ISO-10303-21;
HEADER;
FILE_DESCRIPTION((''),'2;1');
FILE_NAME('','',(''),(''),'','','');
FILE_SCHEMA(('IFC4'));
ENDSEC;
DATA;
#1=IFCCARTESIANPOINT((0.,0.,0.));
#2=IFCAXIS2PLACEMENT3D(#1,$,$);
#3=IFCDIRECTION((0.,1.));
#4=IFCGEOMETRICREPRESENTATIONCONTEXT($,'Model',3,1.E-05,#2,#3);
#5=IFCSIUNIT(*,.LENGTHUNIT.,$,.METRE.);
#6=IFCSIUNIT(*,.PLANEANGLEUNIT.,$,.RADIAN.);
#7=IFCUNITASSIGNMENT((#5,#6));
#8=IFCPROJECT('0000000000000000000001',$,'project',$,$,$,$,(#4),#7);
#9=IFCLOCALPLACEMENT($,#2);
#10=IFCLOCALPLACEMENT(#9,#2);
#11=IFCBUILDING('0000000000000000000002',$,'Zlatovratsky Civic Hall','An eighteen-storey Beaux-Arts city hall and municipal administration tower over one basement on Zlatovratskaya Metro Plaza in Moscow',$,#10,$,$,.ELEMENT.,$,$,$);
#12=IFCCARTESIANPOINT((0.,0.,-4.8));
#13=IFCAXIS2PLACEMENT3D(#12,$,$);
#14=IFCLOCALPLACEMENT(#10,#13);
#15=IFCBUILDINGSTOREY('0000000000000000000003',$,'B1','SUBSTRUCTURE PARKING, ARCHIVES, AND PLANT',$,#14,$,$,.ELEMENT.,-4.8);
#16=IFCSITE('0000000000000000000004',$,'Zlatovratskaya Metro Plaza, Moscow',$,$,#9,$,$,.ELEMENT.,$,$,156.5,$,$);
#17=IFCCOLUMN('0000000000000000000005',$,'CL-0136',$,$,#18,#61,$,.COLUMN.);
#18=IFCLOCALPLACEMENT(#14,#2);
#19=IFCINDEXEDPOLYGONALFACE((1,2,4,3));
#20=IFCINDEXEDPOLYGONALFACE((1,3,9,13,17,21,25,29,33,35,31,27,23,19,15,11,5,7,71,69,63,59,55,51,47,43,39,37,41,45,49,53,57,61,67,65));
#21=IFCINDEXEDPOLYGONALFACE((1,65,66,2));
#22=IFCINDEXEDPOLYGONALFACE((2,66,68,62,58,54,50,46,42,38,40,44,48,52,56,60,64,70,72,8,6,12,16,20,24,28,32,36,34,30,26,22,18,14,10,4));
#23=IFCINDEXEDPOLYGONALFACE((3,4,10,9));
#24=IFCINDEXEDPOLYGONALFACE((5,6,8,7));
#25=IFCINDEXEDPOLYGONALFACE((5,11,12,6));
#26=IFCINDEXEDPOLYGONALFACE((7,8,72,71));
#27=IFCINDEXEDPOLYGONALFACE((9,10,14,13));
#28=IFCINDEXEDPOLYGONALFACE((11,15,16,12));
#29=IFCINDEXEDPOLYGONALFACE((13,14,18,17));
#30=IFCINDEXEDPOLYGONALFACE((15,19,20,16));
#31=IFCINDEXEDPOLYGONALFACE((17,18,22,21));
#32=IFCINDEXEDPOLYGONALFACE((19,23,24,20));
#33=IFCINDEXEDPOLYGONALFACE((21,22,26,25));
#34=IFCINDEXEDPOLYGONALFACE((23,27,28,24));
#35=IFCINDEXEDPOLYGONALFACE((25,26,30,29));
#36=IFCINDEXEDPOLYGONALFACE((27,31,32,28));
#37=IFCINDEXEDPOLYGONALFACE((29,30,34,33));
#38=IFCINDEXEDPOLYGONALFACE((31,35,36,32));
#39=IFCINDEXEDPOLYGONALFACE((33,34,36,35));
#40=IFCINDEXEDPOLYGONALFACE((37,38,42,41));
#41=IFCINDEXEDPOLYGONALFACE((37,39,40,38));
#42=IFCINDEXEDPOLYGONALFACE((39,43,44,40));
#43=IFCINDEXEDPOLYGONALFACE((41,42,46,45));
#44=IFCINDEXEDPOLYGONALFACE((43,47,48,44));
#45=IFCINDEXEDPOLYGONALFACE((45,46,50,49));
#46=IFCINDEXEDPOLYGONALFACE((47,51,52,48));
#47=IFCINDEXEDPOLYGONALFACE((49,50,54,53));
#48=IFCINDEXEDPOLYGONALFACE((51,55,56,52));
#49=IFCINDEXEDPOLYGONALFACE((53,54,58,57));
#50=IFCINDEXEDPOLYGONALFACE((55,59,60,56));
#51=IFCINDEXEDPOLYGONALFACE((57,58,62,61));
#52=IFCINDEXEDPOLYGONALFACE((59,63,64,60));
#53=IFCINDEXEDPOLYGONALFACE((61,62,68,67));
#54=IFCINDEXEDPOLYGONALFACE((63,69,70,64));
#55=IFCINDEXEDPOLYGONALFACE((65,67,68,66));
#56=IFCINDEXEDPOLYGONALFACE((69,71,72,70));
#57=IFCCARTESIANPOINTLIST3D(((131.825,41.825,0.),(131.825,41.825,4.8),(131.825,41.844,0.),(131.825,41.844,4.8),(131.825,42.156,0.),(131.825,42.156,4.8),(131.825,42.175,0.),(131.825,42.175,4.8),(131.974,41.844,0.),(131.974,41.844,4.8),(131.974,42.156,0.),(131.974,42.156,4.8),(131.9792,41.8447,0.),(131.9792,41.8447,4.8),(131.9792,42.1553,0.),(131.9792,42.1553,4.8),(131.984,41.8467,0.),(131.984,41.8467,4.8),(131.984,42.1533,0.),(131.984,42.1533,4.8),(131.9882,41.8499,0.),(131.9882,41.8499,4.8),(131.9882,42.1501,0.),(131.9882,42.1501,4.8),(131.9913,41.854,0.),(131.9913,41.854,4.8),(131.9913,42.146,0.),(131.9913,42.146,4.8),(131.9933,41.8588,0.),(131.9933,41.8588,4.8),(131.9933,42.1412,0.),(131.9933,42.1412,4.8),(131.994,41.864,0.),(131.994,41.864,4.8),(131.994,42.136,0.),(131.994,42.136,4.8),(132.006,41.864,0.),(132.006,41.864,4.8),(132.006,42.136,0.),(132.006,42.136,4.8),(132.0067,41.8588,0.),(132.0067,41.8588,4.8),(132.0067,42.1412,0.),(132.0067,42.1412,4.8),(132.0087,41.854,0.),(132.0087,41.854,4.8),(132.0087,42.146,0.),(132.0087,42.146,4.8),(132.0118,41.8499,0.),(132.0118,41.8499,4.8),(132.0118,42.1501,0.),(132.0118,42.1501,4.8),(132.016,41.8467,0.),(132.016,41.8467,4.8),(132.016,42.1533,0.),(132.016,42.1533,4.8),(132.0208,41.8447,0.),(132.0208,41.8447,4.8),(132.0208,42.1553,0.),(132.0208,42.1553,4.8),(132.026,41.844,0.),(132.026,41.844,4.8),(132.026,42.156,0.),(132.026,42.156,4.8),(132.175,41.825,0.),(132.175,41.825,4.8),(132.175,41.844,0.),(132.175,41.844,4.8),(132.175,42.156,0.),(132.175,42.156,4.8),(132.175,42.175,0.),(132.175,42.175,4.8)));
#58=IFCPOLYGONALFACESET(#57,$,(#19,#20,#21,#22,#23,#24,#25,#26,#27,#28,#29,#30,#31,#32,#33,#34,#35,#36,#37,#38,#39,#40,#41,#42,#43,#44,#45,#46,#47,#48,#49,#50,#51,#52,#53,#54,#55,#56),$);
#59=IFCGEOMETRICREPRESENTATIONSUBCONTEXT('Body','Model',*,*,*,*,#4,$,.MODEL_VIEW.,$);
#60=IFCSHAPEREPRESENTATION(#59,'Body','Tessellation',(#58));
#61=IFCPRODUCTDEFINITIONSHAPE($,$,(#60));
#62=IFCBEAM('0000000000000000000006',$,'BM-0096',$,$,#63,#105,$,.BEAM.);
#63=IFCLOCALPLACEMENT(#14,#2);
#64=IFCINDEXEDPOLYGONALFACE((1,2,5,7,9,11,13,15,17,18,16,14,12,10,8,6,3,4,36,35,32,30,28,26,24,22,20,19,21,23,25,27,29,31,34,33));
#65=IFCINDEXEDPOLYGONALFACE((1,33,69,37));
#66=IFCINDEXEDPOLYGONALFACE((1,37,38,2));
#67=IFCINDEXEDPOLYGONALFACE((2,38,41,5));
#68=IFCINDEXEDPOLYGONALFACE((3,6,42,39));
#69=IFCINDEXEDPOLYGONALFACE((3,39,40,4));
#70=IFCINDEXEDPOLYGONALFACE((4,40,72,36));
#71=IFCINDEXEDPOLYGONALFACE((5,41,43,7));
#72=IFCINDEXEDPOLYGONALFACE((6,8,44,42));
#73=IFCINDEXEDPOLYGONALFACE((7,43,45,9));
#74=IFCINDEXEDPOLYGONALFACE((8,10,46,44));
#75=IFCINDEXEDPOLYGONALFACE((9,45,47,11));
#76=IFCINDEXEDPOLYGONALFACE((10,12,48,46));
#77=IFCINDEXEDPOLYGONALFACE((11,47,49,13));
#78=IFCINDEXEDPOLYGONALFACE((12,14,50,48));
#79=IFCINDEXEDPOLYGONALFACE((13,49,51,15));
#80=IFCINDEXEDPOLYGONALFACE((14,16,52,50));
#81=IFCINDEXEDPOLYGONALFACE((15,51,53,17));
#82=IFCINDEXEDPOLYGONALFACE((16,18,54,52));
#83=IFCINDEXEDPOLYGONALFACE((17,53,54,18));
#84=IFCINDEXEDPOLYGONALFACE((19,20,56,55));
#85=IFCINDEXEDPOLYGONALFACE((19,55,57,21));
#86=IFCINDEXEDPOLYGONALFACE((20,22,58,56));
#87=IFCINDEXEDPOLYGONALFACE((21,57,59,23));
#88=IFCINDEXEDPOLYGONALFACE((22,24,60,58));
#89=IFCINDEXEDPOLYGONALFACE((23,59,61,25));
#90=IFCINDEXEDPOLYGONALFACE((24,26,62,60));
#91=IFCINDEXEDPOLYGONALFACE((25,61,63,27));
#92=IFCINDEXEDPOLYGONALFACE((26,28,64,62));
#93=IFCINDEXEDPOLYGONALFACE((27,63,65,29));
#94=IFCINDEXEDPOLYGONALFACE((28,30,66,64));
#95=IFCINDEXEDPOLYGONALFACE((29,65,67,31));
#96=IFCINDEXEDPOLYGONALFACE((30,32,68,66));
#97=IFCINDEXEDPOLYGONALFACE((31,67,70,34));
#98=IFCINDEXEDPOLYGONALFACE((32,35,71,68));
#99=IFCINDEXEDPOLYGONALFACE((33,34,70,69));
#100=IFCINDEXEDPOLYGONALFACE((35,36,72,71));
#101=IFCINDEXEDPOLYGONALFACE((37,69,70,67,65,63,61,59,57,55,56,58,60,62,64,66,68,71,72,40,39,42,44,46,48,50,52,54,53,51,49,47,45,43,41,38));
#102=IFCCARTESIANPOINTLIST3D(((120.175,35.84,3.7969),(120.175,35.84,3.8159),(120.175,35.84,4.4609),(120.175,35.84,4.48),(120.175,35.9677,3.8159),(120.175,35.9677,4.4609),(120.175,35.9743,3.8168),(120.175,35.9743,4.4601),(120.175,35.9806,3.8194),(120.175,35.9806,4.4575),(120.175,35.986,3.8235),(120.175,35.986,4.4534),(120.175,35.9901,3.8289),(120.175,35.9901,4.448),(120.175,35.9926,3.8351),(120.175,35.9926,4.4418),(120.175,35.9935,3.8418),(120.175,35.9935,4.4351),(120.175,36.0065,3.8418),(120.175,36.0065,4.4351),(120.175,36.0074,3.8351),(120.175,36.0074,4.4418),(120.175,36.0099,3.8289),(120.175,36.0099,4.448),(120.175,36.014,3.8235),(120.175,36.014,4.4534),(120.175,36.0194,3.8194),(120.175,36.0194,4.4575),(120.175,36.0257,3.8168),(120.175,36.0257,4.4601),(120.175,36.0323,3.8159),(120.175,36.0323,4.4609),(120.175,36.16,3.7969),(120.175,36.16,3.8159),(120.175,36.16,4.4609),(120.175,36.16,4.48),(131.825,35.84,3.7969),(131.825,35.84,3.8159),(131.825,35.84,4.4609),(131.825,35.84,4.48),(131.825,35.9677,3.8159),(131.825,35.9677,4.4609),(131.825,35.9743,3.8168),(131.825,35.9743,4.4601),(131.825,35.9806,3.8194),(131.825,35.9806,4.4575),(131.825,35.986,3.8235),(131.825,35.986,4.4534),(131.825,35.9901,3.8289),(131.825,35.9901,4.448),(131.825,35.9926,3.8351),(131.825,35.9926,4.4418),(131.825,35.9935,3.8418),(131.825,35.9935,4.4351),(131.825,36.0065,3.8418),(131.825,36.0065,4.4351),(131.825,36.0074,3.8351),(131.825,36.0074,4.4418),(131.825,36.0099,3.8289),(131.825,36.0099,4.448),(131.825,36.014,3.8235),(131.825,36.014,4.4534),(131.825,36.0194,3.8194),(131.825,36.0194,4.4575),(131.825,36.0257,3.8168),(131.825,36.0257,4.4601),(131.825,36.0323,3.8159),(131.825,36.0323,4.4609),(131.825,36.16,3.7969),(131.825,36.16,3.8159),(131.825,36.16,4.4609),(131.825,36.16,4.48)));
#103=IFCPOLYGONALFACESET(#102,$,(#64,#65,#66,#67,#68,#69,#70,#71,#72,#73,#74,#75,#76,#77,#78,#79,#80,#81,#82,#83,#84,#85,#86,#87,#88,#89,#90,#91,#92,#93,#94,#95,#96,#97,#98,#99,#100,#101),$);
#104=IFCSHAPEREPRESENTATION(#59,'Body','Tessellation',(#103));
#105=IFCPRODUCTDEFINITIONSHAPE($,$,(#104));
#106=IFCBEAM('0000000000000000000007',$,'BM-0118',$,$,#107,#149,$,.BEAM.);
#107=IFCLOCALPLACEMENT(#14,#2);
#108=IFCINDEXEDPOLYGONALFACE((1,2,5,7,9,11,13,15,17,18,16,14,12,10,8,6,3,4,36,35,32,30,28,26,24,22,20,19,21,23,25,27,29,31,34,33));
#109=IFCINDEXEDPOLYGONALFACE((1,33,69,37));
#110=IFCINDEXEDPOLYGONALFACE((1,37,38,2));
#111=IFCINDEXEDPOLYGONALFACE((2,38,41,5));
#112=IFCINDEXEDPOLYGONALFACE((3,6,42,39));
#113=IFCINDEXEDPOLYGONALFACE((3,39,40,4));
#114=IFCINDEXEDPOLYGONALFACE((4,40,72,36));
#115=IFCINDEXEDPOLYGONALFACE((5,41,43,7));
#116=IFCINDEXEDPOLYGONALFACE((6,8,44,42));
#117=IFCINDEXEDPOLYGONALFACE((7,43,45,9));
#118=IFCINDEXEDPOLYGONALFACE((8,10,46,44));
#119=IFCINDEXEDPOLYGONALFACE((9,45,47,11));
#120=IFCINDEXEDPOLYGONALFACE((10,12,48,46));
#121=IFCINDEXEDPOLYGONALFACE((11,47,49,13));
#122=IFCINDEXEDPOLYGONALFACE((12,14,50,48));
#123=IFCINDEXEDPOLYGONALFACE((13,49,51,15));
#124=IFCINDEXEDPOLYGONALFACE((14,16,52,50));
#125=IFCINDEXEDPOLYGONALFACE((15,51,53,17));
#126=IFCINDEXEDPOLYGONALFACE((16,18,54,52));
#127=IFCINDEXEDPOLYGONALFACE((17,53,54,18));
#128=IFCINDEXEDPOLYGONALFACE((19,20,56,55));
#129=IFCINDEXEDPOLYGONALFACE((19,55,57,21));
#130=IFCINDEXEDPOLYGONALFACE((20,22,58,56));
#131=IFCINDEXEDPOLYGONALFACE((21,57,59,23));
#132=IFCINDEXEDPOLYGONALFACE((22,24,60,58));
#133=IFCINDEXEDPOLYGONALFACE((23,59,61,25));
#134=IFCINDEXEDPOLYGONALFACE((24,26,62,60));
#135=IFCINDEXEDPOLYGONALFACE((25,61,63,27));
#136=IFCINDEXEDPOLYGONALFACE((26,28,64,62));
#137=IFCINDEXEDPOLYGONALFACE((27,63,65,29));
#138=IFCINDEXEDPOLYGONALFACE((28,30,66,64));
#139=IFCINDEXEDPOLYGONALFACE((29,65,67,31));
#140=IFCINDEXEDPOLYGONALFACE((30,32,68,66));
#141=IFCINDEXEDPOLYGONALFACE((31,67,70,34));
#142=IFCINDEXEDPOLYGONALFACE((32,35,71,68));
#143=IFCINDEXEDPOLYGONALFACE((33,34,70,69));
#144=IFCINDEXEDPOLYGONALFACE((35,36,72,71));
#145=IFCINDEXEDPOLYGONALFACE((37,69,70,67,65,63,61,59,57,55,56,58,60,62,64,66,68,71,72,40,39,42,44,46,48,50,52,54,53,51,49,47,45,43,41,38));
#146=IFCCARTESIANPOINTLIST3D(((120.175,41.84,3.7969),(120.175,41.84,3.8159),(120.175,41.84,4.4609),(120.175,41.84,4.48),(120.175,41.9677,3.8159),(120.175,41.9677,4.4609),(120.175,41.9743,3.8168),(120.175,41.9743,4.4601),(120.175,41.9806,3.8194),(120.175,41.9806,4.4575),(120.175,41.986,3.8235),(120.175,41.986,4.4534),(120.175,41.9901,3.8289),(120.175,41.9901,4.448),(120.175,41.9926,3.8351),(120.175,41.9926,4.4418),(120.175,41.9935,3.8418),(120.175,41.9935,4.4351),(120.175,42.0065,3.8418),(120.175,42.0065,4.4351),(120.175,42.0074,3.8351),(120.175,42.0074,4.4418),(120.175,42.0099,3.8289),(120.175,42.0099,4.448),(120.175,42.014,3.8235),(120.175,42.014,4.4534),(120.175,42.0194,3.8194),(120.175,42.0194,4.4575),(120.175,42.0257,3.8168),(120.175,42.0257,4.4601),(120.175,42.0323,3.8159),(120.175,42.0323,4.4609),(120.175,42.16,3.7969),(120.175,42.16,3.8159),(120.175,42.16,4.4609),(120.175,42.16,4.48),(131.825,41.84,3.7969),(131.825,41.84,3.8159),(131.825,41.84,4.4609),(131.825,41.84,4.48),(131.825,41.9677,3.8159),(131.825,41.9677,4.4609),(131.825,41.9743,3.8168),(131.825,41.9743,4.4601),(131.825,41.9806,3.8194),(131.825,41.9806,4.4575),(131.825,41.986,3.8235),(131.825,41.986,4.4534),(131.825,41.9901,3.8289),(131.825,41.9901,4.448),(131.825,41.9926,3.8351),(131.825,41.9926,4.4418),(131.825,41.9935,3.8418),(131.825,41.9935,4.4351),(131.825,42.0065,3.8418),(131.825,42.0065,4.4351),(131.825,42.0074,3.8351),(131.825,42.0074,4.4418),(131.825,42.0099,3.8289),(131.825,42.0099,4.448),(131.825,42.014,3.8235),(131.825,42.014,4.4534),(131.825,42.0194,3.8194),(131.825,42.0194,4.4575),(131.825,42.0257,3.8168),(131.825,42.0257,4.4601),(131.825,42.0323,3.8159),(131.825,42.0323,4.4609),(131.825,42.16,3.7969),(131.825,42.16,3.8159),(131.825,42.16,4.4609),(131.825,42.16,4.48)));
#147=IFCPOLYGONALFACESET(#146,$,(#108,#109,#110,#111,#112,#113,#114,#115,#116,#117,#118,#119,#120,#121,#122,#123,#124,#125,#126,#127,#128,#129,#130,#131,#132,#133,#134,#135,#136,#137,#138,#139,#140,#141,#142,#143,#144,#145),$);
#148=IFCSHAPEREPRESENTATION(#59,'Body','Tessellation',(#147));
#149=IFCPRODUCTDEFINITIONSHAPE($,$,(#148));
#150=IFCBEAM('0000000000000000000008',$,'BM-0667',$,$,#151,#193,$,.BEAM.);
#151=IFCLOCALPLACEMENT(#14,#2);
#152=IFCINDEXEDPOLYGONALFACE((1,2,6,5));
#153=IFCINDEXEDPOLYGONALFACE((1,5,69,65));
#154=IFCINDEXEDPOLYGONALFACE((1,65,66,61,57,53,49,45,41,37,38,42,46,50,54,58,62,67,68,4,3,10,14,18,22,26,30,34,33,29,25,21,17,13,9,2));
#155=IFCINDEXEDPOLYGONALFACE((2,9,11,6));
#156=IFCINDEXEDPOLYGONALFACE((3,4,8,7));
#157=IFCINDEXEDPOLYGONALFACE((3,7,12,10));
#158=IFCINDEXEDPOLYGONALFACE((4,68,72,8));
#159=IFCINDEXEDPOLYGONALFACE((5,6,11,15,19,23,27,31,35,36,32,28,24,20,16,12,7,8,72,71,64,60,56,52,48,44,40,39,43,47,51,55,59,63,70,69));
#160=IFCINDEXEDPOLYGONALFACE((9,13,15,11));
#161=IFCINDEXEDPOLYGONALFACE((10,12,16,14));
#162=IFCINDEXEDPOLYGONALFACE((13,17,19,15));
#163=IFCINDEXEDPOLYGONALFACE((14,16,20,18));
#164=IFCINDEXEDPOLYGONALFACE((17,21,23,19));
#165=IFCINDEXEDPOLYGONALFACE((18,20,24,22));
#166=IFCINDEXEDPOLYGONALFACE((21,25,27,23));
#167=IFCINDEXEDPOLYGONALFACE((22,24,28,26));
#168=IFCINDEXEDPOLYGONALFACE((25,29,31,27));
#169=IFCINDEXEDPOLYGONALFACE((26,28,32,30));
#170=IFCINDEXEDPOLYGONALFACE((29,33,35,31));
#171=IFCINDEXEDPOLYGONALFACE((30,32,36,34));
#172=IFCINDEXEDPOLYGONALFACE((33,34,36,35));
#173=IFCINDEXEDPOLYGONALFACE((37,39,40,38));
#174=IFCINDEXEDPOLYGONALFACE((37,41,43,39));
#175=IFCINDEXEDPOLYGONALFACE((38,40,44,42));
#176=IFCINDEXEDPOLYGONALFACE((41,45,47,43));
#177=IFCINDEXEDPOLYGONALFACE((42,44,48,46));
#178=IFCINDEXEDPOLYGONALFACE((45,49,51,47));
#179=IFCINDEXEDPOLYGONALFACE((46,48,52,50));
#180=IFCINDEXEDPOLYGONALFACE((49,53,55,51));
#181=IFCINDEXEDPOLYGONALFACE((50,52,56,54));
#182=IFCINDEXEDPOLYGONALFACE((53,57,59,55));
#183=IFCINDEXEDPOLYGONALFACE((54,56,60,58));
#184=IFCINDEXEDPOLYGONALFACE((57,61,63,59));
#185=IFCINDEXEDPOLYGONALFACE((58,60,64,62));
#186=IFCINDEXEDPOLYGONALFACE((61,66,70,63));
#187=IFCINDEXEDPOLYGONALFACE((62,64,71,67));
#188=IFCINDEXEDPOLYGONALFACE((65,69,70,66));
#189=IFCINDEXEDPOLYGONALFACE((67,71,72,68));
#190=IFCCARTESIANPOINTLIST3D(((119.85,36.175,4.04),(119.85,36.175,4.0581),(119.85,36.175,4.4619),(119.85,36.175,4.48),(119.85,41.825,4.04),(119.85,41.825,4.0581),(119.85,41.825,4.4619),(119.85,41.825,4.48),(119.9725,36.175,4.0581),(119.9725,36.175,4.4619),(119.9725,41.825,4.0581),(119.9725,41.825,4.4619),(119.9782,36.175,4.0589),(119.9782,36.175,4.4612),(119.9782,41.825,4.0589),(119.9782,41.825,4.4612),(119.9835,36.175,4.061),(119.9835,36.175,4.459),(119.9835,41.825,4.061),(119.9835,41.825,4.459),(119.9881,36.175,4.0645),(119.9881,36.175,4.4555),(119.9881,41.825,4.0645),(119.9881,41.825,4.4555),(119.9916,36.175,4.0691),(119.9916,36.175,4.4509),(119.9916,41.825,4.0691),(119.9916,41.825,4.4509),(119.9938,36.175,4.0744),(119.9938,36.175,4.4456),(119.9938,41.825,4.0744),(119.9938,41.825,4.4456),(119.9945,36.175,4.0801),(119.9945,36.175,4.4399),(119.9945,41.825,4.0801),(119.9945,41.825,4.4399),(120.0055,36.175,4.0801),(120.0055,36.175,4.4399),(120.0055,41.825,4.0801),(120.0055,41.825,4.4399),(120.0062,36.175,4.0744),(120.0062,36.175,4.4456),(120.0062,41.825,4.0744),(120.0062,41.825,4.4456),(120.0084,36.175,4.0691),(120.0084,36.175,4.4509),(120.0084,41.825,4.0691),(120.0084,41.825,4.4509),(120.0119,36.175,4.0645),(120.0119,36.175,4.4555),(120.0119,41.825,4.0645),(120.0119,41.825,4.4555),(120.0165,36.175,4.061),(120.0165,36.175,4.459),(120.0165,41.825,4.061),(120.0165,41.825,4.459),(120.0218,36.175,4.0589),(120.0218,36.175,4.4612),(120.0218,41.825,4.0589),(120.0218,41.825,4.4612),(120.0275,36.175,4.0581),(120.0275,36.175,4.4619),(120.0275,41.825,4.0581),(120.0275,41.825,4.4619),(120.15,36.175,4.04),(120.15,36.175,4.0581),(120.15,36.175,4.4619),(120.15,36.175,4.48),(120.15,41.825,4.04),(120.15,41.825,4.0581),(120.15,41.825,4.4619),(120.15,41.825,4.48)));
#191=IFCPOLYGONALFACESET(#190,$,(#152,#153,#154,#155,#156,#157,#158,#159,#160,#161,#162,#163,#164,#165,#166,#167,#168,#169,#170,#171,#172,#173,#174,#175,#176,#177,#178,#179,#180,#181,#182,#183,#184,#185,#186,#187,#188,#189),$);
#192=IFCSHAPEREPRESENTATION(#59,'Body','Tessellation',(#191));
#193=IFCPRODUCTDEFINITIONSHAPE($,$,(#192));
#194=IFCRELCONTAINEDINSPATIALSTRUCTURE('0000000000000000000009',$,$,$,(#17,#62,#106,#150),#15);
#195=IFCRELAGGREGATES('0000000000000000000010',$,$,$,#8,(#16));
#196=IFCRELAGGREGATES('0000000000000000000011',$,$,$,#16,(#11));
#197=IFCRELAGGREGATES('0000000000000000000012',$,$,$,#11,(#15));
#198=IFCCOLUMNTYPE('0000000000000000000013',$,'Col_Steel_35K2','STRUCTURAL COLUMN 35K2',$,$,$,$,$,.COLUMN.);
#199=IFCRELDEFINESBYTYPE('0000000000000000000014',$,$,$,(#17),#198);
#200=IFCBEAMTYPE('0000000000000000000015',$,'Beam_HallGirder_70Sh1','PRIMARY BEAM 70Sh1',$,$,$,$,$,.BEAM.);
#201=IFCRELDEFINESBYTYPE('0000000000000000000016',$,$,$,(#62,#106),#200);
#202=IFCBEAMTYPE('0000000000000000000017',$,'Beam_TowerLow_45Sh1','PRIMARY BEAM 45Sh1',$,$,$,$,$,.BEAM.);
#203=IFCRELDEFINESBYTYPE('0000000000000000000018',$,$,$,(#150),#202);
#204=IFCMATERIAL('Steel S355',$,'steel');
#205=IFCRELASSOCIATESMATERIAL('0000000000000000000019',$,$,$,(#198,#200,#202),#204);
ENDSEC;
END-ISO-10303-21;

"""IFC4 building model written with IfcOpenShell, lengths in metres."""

from ifc_helpers import new_model, si_unit, direction, frame, origin, origin_2d, place, context, subcontext, project, spatial, i_section, extrude, material, material_profile, profile_set, type_object, element, save


model = new_model("IFC4")

# Units and contexts
model_context = context("Model", 3, precision=1e-05, world=origin(), true_north=direction((0.0, 1.0)))
body_context = subcontext(model_context, "Body", "Model", "MODEL_VIEW")
ifc_project = project(units=[si_unit("LENGTHUNIT", "METRE"), si_unit("PLANEANGLEUNIT", "RADIAN")], contexts=[model_context])

# Site, building, storey
site_placement = place(None, origin())
site = spatial("IfcSite", under=ifc_project, at=site_placement, Name="Zlatovratskaya Metro Plaza, Moscow", CompositionType="ELEMENT", RefElevation=156.5)
building_placement = place(site_placement, origin())
building = spatial("IfcBuilding", under=site, at=building_placement, Name="Zlatovratsky Civic Hall", Description="An eighteen-storey Beaux-Arts city hall and municipal administration tower over one basement on Zlatovratskaya Metro Plaza in Moscow", CompositionType="ELEMENT")
storey_placement = place(building_placement, frame((0.0, 0.0, -4.8)))
storey = spatial("IfcBuildingStorey", under=building, at=storey_placement, Name="B1", Description="SUBSTRUCTURE PARKING, ARCHIVES, AND PLANT", CompositionType="ELEMENT", Elevation=-4.8)

# Column
ifc_material_1 = material(Name="Steel S355", Category="steel")
ifc_material_profile_1 = material_profile(ifc_material_1, i_section(OverallWidth=0.3501, OverallDepth=0.3501, WebThickness=0.012, FlangeThickness=0.019, FilletRadius=0.02, at=origin_2d()), Name="35K2")
ifc_profile_set_1 = profile_set([ifc_material_profile_1], Name="Steel S355")
column_type = type_object("IfcColumnType", Name="Col_Steel_35K2", Description="STRUCTURAL COLUMN 35K2", PredefinedType="COLUMN", material=ifc_profile_set_1)
for number, where, z_axis, x_axis, name in (
    (1, (132.0, 42.0, 0.0), (0.0, 0.0, 1.0), (1.0, 0.0, 0.0), "CL-0136"),
):
    element("IfcColumn", number, at=place(storey_placement, frame(where, z_axis=z_axis, x_axis=x_axis)), inside=storey, type_object=column_type, Name=name, PredefinedType="COLUMN", context=body_context, shape_type="SweptSolid", body=[
        extrude(i_section(OverallWidth=0.3501, OverallDepth=0.3501, WebThickness=0.012, FlangeThickness=0.019, FilletRadius=0.02, at=origin_2d()), origin(), (0.0, 0.0, 1.0), 4.8),
    ])

# Beams
ifc_material_profile_2 = material_profile(ifc_material_1, i_section(OverallWidth=0.3201, OverallDepth=0.6831, WebThickness=0.0129, FlangeThickness=0.019, FilletRadius=0.0259, at=origin_2d()), Name="70Sh1")
ifc_profile_set_2 = profile_set([ifc_material_profile_2], Name="Steel S355")
beam_type_1 = type_object("IfcBeamType", Name="Beam_HallGirder_70Sh1", Description="PRIMARY BEAM 70Sh1", PredefinedType="BEAM", material=ifc_profile_set_2)
for number, where, z_axis, x_axis, name in (
    (2, (120.175, 36.0, 4.1384), (1.0, 0.0, 0.0), (0.0, 1.0, 0.0), "BM-0096"),
    (3, (120.175, 42.0, 4.1384), (1.0, 0.0, 0.0), (0.0, 1.0, 0.0), "BM-0118"),
):
    element("IfcBeam", number, at=place(storey_placement, frame(where, z_axis=z_axis, x_axis=x_axis)), inside=storey, type_object=beam_type_1, Name=name, PredefinedType="BEAM", context=body_context, shape_type="SweptSolid", body=[
        extrude(i_section(OverallWidth=0.3201, OverallDepth=0.6831, WebThickness=0.0129, FlangeThickness=0.019, FilletRadius=0.0259, at=origin_2d()), origin(), (0.0, 0.0, 1.0), 11.6499),
    ])
ifc_material_profile_3 = material_profile(ifc_material_1, i_section(OverallWidth=0.3, OverallDepth=0.4399, WebThickness=0.011, FlangeThickness=0.0181, FilletRadius=0.022, at=origin_2d()), Name="45Sh1")
ifc_profile_set_3 = profile_set([ifc_material_profile_3], Name="Steel S355")
beam_type_2 = type_object("IfcBeamType", Name="Beam_TowerLow_45Sh1", Description="PRIMARY BEAM 45Sh1", PredefinedType="BEAM", material=ifc_profile_set_3)
for number, where, z_axis, x_axis, name in (
    (4, (120.0, 36.175, 4.26), (0.0, 1.0, 0.0), (-1.0, 0.0, 0.0), "BM-0667"),
):
    element("IfcBeam", number, at=place(storey_placement, frame(where, z_axis=z_axis, x_axis=x_axis)), inside=storey, type_object=beam_type_2, Name=name, PredefinedType="BEAM", context=body_context, shape_type="SweptSolid", body=[
        extrude(i_section(OverallWidth=0.3, OverallDepth=0.4399, WebThickness=0.011, FlangeThickness=0.0181, FilletRadius=0.022, at=origin_2d()), origin(), (0.0, 0.0, 1.0), 5.6499),
    ])

save(model, "model.ifc")
